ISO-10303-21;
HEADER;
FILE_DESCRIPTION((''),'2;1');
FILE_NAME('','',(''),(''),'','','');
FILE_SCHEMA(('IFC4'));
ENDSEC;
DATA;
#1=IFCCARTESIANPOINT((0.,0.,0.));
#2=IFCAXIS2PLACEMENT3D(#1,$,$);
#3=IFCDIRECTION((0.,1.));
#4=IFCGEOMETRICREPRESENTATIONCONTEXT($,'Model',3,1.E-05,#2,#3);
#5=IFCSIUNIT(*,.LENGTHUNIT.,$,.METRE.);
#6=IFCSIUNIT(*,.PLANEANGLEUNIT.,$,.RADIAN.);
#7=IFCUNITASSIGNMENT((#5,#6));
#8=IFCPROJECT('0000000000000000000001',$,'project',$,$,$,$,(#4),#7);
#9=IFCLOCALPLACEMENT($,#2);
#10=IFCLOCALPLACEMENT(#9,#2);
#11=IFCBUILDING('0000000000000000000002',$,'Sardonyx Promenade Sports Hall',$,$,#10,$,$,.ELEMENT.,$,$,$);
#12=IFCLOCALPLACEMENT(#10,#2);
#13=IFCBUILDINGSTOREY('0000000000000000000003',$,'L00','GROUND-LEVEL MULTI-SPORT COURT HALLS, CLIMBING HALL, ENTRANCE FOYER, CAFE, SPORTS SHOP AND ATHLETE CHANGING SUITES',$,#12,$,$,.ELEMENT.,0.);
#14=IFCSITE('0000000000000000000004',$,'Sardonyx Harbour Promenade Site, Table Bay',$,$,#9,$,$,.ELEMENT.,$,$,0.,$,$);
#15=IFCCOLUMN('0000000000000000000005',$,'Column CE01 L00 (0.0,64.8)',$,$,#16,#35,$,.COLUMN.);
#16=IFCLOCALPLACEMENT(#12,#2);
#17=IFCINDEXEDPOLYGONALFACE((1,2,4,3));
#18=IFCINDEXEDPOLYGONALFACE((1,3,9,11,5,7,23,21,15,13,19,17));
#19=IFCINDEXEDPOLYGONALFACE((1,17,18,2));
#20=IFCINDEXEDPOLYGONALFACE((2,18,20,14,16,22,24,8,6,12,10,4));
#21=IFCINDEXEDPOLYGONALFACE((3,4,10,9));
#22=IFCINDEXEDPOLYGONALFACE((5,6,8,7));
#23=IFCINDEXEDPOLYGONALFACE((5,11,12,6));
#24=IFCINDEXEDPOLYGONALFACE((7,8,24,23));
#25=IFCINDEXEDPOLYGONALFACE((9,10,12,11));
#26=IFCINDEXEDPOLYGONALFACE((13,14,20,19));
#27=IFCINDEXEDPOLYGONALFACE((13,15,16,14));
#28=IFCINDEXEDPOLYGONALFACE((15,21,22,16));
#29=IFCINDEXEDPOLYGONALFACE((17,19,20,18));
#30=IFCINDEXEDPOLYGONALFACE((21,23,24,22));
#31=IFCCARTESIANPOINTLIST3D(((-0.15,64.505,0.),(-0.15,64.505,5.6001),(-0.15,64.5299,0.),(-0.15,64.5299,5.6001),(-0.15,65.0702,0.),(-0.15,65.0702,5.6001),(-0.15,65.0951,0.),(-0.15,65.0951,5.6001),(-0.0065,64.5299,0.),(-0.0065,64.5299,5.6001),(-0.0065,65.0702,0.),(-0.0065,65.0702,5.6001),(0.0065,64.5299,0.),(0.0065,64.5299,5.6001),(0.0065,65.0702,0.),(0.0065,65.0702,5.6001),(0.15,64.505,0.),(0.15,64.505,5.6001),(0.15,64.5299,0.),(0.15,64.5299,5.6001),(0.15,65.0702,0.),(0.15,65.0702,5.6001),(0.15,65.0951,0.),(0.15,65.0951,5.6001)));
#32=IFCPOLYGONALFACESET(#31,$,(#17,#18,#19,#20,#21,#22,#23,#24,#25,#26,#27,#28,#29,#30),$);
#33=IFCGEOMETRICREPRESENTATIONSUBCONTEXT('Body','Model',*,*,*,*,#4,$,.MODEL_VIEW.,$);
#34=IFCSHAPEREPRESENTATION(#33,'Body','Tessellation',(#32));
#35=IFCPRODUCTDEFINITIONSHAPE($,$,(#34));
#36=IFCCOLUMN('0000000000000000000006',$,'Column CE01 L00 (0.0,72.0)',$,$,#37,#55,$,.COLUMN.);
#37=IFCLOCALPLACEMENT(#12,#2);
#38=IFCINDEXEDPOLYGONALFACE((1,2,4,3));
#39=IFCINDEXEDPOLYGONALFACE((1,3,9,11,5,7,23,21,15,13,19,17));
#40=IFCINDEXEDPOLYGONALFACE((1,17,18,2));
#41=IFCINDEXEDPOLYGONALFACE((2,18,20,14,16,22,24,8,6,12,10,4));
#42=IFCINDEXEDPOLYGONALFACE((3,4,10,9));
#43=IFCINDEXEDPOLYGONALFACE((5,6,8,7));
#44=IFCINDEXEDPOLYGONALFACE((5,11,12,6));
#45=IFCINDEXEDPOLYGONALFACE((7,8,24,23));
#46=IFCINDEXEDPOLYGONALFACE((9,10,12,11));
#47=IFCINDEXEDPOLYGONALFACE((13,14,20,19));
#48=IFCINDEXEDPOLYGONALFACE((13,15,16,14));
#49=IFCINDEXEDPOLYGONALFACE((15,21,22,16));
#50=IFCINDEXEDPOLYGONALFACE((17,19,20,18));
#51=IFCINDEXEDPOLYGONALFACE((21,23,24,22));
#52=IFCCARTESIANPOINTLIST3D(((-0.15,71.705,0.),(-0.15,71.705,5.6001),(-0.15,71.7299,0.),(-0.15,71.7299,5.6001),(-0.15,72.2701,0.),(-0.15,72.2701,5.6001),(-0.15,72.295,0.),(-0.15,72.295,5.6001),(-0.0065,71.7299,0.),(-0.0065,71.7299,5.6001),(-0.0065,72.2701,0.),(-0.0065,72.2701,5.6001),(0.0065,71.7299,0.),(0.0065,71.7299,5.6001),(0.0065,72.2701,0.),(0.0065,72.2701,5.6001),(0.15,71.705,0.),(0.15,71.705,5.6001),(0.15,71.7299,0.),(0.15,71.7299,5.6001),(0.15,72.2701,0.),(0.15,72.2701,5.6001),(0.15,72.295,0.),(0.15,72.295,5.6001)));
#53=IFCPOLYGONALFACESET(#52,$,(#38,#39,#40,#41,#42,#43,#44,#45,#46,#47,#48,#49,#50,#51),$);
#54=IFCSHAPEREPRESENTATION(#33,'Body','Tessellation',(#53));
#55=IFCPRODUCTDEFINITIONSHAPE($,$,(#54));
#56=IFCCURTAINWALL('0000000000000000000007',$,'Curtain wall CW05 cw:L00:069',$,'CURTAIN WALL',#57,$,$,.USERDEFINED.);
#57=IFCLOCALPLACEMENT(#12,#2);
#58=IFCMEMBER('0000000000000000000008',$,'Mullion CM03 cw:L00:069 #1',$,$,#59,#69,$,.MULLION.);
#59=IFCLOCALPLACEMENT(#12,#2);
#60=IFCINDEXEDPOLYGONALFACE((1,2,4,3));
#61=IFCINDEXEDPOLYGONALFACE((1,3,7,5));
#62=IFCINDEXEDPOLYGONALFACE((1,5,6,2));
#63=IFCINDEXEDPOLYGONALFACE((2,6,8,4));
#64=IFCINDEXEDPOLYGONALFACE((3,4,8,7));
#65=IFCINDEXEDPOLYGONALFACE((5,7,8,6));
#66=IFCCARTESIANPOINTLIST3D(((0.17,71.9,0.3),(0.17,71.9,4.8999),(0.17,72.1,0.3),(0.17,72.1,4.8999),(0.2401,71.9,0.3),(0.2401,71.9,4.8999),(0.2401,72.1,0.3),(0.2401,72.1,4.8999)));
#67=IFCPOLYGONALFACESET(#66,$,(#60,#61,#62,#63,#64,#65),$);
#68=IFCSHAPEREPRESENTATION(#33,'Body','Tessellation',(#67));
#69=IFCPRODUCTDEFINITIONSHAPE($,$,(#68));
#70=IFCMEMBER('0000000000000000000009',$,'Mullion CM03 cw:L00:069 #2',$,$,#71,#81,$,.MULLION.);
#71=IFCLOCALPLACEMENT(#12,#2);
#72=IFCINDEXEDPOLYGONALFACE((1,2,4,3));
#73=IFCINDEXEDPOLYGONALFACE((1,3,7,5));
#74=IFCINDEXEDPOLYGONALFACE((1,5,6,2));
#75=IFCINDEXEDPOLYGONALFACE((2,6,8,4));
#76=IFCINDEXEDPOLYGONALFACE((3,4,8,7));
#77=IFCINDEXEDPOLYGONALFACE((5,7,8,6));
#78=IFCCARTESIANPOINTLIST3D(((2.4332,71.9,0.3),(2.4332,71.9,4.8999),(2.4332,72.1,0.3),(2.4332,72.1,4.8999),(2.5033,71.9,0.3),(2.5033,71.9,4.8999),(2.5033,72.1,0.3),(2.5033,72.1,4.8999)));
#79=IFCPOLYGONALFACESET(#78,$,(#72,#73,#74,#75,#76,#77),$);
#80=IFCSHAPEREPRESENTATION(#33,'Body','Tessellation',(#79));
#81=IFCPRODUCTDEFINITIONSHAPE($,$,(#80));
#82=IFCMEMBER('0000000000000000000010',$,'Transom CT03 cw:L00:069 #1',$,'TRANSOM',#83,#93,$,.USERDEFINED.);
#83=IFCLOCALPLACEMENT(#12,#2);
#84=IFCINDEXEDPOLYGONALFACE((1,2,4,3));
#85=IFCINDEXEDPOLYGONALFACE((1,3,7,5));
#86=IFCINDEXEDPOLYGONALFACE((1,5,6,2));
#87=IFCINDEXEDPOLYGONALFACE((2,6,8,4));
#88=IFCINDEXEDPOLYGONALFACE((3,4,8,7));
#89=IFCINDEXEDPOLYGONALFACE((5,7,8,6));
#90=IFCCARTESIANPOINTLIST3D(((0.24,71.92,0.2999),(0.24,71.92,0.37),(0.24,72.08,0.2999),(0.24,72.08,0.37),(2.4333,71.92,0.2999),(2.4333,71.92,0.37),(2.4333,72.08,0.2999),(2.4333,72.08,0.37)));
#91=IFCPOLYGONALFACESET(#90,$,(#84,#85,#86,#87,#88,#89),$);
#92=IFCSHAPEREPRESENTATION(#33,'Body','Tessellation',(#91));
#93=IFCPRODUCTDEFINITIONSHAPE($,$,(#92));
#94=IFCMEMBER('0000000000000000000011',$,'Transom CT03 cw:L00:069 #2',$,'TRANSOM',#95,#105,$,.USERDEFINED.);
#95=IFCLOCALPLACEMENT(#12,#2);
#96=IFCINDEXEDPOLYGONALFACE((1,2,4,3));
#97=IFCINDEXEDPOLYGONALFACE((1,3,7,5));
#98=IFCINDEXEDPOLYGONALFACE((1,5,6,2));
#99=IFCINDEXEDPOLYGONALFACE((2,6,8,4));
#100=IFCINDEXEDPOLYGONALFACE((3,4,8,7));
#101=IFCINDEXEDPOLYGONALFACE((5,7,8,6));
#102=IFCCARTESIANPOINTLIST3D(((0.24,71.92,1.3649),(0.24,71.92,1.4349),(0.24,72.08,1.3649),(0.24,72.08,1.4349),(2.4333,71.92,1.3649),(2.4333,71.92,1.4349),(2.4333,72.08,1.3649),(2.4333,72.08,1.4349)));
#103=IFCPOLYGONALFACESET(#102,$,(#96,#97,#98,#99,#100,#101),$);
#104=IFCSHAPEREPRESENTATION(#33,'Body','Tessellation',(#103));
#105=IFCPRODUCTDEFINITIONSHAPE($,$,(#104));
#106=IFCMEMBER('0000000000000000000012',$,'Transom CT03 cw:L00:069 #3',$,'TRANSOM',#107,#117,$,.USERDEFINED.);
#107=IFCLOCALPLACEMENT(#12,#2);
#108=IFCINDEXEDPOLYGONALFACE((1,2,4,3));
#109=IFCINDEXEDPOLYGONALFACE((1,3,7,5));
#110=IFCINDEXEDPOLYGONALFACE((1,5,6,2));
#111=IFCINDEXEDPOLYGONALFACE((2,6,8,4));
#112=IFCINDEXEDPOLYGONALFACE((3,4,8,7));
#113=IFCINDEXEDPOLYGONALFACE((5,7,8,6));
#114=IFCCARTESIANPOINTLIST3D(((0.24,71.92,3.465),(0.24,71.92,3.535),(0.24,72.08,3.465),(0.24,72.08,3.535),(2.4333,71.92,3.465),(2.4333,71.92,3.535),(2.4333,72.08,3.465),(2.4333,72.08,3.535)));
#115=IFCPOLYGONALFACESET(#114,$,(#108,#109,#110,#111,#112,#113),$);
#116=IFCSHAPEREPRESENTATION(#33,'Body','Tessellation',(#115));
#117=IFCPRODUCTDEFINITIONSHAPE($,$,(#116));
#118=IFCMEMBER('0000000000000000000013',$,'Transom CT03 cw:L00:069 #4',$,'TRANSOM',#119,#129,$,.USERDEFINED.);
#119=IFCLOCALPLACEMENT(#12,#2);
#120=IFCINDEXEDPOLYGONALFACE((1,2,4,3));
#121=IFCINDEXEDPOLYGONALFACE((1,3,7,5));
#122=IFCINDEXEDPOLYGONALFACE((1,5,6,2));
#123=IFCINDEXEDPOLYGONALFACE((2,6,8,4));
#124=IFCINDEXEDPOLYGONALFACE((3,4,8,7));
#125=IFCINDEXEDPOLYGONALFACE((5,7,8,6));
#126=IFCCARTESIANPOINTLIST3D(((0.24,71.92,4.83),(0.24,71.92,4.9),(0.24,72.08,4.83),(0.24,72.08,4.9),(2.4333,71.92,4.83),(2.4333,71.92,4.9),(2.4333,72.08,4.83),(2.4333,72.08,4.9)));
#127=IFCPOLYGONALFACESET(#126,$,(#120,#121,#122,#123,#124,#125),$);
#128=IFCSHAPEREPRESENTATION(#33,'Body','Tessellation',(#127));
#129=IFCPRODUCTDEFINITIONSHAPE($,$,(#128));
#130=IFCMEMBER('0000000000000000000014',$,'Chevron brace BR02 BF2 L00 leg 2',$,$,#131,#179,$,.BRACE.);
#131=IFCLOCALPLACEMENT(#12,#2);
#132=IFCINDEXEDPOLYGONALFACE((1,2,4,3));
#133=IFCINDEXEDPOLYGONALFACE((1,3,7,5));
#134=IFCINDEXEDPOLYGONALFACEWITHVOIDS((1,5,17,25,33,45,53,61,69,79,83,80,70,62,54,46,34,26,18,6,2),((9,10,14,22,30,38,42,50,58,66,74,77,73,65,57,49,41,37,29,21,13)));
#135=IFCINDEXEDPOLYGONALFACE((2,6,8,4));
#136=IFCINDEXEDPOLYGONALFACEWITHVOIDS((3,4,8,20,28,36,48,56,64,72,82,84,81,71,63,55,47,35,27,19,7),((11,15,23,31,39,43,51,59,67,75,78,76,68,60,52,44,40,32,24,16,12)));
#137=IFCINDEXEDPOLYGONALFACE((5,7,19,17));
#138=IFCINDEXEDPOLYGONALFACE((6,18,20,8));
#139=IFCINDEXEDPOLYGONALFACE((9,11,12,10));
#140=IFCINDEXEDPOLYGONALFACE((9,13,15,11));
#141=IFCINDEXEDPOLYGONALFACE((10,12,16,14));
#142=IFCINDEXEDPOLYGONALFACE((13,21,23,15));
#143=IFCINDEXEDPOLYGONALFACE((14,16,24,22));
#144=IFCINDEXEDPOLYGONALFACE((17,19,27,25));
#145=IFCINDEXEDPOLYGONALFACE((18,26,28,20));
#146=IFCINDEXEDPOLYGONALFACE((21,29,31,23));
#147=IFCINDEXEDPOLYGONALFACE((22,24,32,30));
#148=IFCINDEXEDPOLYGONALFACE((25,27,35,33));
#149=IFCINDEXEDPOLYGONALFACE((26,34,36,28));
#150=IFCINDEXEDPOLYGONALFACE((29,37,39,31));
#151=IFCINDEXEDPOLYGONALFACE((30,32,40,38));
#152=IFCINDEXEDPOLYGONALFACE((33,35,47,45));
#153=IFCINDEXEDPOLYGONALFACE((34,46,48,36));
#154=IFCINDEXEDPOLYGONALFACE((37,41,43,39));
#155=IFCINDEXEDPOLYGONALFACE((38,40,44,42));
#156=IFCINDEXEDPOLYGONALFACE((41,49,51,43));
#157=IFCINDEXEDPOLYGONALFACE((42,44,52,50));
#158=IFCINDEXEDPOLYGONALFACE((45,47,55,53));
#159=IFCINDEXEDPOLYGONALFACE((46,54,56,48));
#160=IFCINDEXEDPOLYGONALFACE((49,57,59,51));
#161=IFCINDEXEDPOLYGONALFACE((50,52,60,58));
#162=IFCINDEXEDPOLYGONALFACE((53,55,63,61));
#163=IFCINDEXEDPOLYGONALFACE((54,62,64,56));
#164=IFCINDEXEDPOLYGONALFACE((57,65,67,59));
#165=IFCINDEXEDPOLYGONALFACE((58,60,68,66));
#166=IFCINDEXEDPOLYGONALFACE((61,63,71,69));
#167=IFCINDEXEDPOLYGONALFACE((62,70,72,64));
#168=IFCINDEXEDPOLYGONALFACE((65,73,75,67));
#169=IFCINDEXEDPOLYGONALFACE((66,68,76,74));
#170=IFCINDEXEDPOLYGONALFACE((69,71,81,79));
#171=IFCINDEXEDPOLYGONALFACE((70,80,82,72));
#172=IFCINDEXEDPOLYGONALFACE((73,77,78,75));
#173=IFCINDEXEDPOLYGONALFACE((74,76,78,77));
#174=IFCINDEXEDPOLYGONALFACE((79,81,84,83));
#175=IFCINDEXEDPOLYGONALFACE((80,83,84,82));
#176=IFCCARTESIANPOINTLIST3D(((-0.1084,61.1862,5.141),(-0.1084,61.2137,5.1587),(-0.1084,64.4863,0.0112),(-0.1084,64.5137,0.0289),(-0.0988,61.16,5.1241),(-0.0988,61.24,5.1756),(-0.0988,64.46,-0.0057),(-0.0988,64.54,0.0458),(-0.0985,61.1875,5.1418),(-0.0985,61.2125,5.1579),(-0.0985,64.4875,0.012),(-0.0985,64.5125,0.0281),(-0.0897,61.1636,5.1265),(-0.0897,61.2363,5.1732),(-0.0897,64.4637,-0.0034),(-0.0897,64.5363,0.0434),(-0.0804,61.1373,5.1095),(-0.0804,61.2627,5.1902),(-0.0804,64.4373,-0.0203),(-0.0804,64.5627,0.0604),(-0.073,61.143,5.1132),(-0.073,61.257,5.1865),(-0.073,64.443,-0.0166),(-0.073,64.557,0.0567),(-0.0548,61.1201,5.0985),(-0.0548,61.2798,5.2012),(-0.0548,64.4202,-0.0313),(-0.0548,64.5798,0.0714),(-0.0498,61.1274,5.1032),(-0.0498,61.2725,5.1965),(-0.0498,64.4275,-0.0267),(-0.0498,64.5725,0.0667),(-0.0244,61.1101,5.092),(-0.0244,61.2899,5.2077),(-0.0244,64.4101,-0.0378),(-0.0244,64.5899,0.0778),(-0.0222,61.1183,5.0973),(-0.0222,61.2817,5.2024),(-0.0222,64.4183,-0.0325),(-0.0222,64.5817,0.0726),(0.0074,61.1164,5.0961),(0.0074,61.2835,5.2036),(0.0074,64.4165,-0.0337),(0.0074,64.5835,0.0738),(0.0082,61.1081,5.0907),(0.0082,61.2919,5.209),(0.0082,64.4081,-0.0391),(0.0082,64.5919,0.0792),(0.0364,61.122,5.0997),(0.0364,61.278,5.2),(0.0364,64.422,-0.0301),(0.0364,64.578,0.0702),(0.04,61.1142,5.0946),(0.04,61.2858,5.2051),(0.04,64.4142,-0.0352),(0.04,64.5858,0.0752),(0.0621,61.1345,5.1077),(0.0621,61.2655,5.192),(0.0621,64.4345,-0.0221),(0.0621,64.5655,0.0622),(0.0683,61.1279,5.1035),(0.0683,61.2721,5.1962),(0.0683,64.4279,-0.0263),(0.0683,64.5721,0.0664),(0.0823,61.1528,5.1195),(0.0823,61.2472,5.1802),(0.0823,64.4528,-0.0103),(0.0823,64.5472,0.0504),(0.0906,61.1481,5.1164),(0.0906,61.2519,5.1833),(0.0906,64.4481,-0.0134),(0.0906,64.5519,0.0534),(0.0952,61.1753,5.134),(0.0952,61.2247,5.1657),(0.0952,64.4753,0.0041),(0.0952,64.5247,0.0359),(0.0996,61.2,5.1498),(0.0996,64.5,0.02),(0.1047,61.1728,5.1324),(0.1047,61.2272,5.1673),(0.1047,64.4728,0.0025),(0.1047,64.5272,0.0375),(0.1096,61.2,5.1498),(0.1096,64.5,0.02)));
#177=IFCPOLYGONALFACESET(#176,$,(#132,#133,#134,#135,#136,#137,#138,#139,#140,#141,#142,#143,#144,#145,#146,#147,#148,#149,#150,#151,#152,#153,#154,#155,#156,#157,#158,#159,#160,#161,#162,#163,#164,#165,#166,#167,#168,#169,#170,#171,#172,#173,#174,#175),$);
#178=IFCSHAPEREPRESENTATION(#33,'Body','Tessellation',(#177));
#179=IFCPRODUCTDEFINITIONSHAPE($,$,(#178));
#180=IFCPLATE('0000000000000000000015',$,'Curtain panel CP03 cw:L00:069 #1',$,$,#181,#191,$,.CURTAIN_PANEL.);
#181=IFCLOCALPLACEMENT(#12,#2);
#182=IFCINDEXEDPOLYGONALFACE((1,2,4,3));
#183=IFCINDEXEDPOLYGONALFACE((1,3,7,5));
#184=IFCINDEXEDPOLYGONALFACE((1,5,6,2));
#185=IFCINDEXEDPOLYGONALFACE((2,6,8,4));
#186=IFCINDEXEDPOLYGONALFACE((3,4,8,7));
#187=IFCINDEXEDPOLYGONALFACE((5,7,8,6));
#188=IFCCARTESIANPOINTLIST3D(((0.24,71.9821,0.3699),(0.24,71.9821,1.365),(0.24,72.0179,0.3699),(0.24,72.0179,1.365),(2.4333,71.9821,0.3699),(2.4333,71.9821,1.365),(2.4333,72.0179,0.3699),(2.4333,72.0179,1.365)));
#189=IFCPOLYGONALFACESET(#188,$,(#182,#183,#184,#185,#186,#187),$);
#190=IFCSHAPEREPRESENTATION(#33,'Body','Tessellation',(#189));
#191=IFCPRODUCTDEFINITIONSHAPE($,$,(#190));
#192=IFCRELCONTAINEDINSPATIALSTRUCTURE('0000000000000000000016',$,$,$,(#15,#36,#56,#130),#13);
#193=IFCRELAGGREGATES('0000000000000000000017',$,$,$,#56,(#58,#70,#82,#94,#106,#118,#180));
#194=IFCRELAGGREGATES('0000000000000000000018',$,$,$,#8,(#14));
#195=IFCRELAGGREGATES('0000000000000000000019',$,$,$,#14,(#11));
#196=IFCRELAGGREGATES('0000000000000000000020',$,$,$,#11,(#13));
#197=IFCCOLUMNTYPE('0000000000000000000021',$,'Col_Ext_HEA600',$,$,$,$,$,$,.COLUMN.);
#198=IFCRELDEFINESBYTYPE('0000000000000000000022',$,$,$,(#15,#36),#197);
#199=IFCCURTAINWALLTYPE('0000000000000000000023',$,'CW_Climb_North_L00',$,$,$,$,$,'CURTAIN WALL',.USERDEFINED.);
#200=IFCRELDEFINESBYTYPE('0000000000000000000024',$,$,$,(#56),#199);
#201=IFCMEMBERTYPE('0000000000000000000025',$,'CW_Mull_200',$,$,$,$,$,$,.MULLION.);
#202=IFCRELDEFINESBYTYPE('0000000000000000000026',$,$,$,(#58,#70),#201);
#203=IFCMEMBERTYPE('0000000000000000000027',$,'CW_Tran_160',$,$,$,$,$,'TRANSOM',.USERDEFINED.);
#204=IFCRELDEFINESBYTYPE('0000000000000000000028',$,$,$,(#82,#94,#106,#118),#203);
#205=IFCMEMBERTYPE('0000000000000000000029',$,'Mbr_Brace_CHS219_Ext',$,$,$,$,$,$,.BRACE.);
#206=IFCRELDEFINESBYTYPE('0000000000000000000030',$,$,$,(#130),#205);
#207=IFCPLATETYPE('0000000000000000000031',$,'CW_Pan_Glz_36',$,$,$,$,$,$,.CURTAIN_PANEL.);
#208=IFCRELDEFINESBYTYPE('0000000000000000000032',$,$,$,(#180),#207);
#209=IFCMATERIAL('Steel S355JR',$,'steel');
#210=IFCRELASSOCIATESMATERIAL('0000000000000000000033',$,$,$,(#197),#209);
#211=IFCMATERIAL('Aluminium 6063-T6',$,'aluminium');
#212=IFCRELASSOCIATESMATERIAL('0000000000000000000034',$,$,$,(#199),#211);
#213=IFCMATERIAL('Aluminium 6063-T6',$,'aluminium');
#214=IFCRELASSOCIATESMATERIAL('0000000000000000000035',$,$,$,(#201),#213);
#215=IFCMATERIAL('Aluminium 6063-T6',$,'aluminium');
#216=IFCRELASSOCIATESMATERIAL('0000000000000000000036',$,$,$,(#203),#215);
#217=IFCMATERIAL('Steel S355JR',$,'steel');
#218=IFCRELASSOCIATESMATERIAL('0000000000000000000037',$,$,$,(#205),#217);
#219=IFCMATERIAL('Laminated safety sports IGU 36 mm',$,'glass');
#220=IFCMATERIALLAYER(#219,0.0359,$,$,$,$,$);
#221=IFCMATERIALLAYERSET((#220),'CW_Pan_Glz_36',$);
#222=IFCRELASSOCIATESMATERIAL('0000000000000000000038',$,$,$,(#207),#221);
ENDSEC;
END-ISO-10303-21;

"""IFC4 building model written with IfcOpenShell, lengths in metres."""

from ifc_helpers import new_model, si_unit, direction, frame, origin, origin_2d, place, context, subcontext, project, spatial, rectangle, hollow_circle, i_section, extrude, material, layer, layer_set, material_profile, profile_set, type_object, element, aggregate, save


model = new_model("IFC4")

# Units and contexts
model_context = context("Model", 3, precision=1e-05, world=origin(), true_north=direction((0.0, 1.0)))
body_context = subcontext(model_context, "Body", "Model", "MODEL_VIEW")
ifc_project = project(units=[si_unit("LENGTHUNIT", "METRE"), si_unit("PLANEANGLEUNIT", "RADIAN")], contexts=[model_context])

# Site, building, storey
site_placement = place(None, origin())
site = spatial("IfcSite", under=ifc_project, at=site_placement, Name="Sardonyx Harbour Promenade Site, Table Bay", CompositionType="ELEMENT", RefElevation=0.0)
building_placement = place(site_placement, origin())
building = spatial("IfcBuilding", under=site, at=building_placement, Name="Sardonyx Promenade Sports Hall", CompositionType="ELEMENT")
storey_placement = place(building_placement, origin())
storey = spatial("IfcBuildingStorey", under=building, at=storey_placement, Name="L00", Description="GROUND-LEVEL MULTI-SPORT COURT HALLS, CLIMBING HALL, ENTRANCE FOYER, CAFE, SPORTS SHOP AND ATHLETE CHANGING SUITES", CompositionType="ELEMENT", Elevation=0.0)

# Columns
ifc_material_1 = material(Name="Steel S355JR", Category="steel")
ifc_material_profile_1 = material_profile(ifc_material_1, i_section(OverallWidth=0.3, OverallDepth=0.5901, WebThickness=0.0129, FlangeThickness=0.0249, at=origin_2d()))
ifc_profile_set_1 = profile_set([ifc_material_profile_1], Name="Steel S355JR")
column_type = type_object("IfcColumnType", Name="Col_Ext_HEA600", PredefinedType="COLUMN", material=ifc_profile_set_1)
for number, where, z_axis, x_axis, name in (
    (1, (0.0, 64.8, 0.0), (0.0, 0.0, 1.0), (1.0, 0.0, 0.0), "Column CE01 L00 (0.0,64.8)"),
    (2, (0.0, 72.0, 0.0), (0.0, 0.0, 1.0), (1.0, 0.0, 0.0), "Column CE01 L00 (0.0,72.0)"),
):
    element("IfcColumn", number, at=place(storey_placement, frame(where, z_axis=z_axis, x_axis=x_axis)), inside=storey, type_object=column_type, Name=name, PredefinedType="COLUMN", context=body_context, shape_type="SweptSolid", body=[
        extrude(i_section(OverallWidth=0.3, OverallDepth=0.5901, WebThickness=0.0129, FlangeThickness=0.0249, at=origin_2d()), origin(), (0.0, 0.0, 1.0), 5.6001),
    ])

# Curtain wall, members
ifc_material_2 = material(Name="Aluminium 6063-T6", Category="aluminium")
curtain_wall_type = type_object("IfcCurtainWallType", Name="CW_Climb_North_L00", ElementType="CURTAIN WALL", PredefinedType="USERDEFINED", material=ifc_material_2)
curtain_wall_placement = place(storey_placement, origin())
curtain_wall = element("IfcCurtainWall", 3, at=curtain_wall_placement, inside=storey, type_object=curtain_wall_type, Name="Curtain wall CW05 cw:L00:069", ObjectType="CURTAIN WALL", PredefinedType="USERDEFINED")
ifc_material_3 = material(Name="Aluminium 6063-T6", Category="aluminium")
ifc_material_profile_2 = material_profile(ifc_material_3, rectangle(XDim=0.0701, YDim=0.2, at=origin_2d()))
ifc_profile_set_2 = profile_set([ifc_material_profile_2], Name="Aluminium 6063-T6")
member_type_1 = type_object("IfcMemberType", Name="CW_Mull_200", PredefinedType="MULLION", material=ifc_profile_set_2)
member_1_placement = place(storey_placement, frame((0.2051, 72.0, 0.3), z_axis=(0.0, 0.0, 1.0), x_axis=(1.0, 0.0, 0.0)))
member_1 = element("IfcMember", 4, at=member_1_placement, type_object=member_type_1, Name="Mullion CM03 cw:L00:069 #1", PredefinedType="MULLION", context=body_context, shape_type="SweptSolid", body=[
    extrude(rectangle(XDim=0.0701, YDim=0.2, at=origin_2d()), origin(), (0.0, 0.0, 1.0), 4.5999),
])
member_2_placement = place(storey_placement, frame((2.4683, 72.0, 0.3), z_axis=(0.0, 0.0, 1.0), x_axis=(1.0, 0.0, 0.0)))
member_2 = element("IfcMember", 5, at=member_2_placement, type_object=member_type_1, Name="Mullion CM03 cw:L00:069 #2", PredefinedType="MULLION", context=body_context, shape_type="SweptSolid", body=[
    extrude(rectangle(XDim=0.0701, YDim=0.2, at=origin_2d()), origin(), (0.0, 0.0, 1.0), 4.5999),
])
ifc_material_4 = material(Name="Aluminium 6063-T6", Category="aluminium")
ifc_material_profile_3 = material_profile(ifc_material_4, rectangle(XDim=0.0701, YDim=0.1599, at=origin_2d()))
ifc_profile_set_3 = profile_set([ifc_material_profile_3], Name="Aluminium 6063-T6")
member_type_2 = type_object("IfcMemberType", Name="CW_Tran_160", ElementType="TRANSOM", PredefinedType="USERDEFINED", material=ifc_profile_set_3)
member_3_placement = place(storey_placement, frame((0.24, 72.0, 0.335), z_axis=(1.0, 0.0, 0.0), x_axis=(0.0, 0.0, 1.0)))
member_3 = element("IfcMember", 6, at=member_3_placement, type_object=member_type_2, Name="Transom CT03 cw:L00:069 #1", ObjectType="TRANSOM", PredefinedType="USERDEFINED", context=body_context, shape_type="SweptSolid", body=[
    extrude(rectangle(XDim=0.0701, YDim=0.1599, at=origin_2d()), origin(), (0.0, 0.0, 1.0), 2.1934),
])
member_4_placement = place(storey_placement, frame((0.24, 72.0, 1.3999), z_axis=(1.0, 0.0, 0.0), x_axis=(0.0, 0.0, 1.0)))
member_4 = element("IfcMember", 7, at=member_4_placement, type_object=member_type_2, Name="Transom CT03 cw:L00:069 #2", ObjectType="TRANSOM", PredefinedType="USERDEFINED", context=body_context, shape_type="SweptSolid", body=[
    extrude(rectangle(XDim=0.0701, YDim=0.1599, at=origin_2d()), origin(), (0.0, 0.0, 1.0), 2.1934),
])
member_5_placement = place(storey_placement, frame((0.24, 72.0, 3.5), z_axis=(1.0, 0.0, 0.0), x_axis=(0.0, 0.0, 1.0)))
member_5 = element("IfcMember", 8, at=member_5_placement, type_object=member_type_2, Name="Transom CT03 cw:L00:069 #3", ObjectType="TRANSOM", PredefinedType="USERDEFINED", context=body_context, shape_type="SweptSolid", body=[
    extrude(rectangle(XDim=0.0701, YDim=0.1599, at=origin_2d()), origin(), (0.0, 0.0, 1.0), 2.1934),
])
member_6_placement = place(storey_placement, frame((0.24, 72.0, 4.865), z_axis=(1.0, 0.0, 0.0), x_axis=(0.0, 0.0, 1.0)))
member_6 = element("IfcMember", 9, at=member_6_placement, type_object=member_type_2, Name="Transom CT03 cw:L00:069 #4", ObjectType="TRANSOM", PredefinedType="USERDEFINED", context=body_context, shape_type="SweptSolid", body=[
    extrude(rectangle(XDim=0.0701, YDim=0.1599, at=origin_2d()), origin(), (0.0, 0.0, 1.0), 2.1934),
])

# Member
ifc_material_5 = material(Name="Steel S355JR", Category="steel")
ifc_material_profile_4 = material_profile(ifc_material_5, hollow_circle(Radius=0.1096, WallThickness=0.01, at=origin_2d()))
ifc_profile_set_4 = profile_set([ifc_material_profile_4], Name="Steel S355JR")
member_type_3 = type_object("IfcMemberType", Name="Mbr_Brace_CHS219_Ext", PredefinedType="BRACE", material=ifc_profile_set_4)
member_7_placement = place(storey_placement, frame((0.0, 64.5, 0.02), z_axis=(0.0, -0.541021, 0.841009), x_axis=(1.0, 0.0, 0.0)))
element("IfcMember", 10, at=member_7_placement, inside=storey, type_object=member_type_3, Name="Chevron brace BR02 BF2 L00 leg 2", PredefinedType="BRACE", context=body_context, shape_type="SweptSolid", body=[
    extrude(hollow_circle(Radius=0.1096, WallThickness=0.01, at=origin_2d()), origin(), (0.0, 0.0, 1.0), 6.0996),
])

# Plate
ifc_material_6 = material(Name="Laminated safety sports IGU 36 mm", Category="glass")
ifc_layer_1 = layer(ifc_material_6, 0.0359)
ifc_layer_set_1 = layer_set([ifc_layer_1], Name="CW_Pan_Glz_36")
plate_type_1 = type_object("IfcPlateType", Name="CW_Pan_Glz_36", PredefinedType="CURTAIN_PANEL", material=ifc_layer_set_1)
plate_1_placement = place(storey_placement, frame((1.3367, 72.0, 0.3699), z_axis=(0.0, 0.0, 1.0), x_axis=(1.0, 0.0, 0.0)))
plate_1 = element("IfcPlate", 11, at=plate_1_placement, type_object=plate_type_1, Name="Curtain panel CP03 cw:L00:069 #1", PredefinedType="CURTAIN_PANEL", context=body_context, shape_type="SweptSolid", body=[
    extrude(rectangle(XDim=2.1934, YDim=0.0359, at=origin_2d()), origin(), (0.0, 0.0, 1.0), 0.9951),
])
aggregate(curtain_wall, [member_1, member_2, member_3, member_4, member_5, member_6, plate_1])

save(model, "model.ifc")
